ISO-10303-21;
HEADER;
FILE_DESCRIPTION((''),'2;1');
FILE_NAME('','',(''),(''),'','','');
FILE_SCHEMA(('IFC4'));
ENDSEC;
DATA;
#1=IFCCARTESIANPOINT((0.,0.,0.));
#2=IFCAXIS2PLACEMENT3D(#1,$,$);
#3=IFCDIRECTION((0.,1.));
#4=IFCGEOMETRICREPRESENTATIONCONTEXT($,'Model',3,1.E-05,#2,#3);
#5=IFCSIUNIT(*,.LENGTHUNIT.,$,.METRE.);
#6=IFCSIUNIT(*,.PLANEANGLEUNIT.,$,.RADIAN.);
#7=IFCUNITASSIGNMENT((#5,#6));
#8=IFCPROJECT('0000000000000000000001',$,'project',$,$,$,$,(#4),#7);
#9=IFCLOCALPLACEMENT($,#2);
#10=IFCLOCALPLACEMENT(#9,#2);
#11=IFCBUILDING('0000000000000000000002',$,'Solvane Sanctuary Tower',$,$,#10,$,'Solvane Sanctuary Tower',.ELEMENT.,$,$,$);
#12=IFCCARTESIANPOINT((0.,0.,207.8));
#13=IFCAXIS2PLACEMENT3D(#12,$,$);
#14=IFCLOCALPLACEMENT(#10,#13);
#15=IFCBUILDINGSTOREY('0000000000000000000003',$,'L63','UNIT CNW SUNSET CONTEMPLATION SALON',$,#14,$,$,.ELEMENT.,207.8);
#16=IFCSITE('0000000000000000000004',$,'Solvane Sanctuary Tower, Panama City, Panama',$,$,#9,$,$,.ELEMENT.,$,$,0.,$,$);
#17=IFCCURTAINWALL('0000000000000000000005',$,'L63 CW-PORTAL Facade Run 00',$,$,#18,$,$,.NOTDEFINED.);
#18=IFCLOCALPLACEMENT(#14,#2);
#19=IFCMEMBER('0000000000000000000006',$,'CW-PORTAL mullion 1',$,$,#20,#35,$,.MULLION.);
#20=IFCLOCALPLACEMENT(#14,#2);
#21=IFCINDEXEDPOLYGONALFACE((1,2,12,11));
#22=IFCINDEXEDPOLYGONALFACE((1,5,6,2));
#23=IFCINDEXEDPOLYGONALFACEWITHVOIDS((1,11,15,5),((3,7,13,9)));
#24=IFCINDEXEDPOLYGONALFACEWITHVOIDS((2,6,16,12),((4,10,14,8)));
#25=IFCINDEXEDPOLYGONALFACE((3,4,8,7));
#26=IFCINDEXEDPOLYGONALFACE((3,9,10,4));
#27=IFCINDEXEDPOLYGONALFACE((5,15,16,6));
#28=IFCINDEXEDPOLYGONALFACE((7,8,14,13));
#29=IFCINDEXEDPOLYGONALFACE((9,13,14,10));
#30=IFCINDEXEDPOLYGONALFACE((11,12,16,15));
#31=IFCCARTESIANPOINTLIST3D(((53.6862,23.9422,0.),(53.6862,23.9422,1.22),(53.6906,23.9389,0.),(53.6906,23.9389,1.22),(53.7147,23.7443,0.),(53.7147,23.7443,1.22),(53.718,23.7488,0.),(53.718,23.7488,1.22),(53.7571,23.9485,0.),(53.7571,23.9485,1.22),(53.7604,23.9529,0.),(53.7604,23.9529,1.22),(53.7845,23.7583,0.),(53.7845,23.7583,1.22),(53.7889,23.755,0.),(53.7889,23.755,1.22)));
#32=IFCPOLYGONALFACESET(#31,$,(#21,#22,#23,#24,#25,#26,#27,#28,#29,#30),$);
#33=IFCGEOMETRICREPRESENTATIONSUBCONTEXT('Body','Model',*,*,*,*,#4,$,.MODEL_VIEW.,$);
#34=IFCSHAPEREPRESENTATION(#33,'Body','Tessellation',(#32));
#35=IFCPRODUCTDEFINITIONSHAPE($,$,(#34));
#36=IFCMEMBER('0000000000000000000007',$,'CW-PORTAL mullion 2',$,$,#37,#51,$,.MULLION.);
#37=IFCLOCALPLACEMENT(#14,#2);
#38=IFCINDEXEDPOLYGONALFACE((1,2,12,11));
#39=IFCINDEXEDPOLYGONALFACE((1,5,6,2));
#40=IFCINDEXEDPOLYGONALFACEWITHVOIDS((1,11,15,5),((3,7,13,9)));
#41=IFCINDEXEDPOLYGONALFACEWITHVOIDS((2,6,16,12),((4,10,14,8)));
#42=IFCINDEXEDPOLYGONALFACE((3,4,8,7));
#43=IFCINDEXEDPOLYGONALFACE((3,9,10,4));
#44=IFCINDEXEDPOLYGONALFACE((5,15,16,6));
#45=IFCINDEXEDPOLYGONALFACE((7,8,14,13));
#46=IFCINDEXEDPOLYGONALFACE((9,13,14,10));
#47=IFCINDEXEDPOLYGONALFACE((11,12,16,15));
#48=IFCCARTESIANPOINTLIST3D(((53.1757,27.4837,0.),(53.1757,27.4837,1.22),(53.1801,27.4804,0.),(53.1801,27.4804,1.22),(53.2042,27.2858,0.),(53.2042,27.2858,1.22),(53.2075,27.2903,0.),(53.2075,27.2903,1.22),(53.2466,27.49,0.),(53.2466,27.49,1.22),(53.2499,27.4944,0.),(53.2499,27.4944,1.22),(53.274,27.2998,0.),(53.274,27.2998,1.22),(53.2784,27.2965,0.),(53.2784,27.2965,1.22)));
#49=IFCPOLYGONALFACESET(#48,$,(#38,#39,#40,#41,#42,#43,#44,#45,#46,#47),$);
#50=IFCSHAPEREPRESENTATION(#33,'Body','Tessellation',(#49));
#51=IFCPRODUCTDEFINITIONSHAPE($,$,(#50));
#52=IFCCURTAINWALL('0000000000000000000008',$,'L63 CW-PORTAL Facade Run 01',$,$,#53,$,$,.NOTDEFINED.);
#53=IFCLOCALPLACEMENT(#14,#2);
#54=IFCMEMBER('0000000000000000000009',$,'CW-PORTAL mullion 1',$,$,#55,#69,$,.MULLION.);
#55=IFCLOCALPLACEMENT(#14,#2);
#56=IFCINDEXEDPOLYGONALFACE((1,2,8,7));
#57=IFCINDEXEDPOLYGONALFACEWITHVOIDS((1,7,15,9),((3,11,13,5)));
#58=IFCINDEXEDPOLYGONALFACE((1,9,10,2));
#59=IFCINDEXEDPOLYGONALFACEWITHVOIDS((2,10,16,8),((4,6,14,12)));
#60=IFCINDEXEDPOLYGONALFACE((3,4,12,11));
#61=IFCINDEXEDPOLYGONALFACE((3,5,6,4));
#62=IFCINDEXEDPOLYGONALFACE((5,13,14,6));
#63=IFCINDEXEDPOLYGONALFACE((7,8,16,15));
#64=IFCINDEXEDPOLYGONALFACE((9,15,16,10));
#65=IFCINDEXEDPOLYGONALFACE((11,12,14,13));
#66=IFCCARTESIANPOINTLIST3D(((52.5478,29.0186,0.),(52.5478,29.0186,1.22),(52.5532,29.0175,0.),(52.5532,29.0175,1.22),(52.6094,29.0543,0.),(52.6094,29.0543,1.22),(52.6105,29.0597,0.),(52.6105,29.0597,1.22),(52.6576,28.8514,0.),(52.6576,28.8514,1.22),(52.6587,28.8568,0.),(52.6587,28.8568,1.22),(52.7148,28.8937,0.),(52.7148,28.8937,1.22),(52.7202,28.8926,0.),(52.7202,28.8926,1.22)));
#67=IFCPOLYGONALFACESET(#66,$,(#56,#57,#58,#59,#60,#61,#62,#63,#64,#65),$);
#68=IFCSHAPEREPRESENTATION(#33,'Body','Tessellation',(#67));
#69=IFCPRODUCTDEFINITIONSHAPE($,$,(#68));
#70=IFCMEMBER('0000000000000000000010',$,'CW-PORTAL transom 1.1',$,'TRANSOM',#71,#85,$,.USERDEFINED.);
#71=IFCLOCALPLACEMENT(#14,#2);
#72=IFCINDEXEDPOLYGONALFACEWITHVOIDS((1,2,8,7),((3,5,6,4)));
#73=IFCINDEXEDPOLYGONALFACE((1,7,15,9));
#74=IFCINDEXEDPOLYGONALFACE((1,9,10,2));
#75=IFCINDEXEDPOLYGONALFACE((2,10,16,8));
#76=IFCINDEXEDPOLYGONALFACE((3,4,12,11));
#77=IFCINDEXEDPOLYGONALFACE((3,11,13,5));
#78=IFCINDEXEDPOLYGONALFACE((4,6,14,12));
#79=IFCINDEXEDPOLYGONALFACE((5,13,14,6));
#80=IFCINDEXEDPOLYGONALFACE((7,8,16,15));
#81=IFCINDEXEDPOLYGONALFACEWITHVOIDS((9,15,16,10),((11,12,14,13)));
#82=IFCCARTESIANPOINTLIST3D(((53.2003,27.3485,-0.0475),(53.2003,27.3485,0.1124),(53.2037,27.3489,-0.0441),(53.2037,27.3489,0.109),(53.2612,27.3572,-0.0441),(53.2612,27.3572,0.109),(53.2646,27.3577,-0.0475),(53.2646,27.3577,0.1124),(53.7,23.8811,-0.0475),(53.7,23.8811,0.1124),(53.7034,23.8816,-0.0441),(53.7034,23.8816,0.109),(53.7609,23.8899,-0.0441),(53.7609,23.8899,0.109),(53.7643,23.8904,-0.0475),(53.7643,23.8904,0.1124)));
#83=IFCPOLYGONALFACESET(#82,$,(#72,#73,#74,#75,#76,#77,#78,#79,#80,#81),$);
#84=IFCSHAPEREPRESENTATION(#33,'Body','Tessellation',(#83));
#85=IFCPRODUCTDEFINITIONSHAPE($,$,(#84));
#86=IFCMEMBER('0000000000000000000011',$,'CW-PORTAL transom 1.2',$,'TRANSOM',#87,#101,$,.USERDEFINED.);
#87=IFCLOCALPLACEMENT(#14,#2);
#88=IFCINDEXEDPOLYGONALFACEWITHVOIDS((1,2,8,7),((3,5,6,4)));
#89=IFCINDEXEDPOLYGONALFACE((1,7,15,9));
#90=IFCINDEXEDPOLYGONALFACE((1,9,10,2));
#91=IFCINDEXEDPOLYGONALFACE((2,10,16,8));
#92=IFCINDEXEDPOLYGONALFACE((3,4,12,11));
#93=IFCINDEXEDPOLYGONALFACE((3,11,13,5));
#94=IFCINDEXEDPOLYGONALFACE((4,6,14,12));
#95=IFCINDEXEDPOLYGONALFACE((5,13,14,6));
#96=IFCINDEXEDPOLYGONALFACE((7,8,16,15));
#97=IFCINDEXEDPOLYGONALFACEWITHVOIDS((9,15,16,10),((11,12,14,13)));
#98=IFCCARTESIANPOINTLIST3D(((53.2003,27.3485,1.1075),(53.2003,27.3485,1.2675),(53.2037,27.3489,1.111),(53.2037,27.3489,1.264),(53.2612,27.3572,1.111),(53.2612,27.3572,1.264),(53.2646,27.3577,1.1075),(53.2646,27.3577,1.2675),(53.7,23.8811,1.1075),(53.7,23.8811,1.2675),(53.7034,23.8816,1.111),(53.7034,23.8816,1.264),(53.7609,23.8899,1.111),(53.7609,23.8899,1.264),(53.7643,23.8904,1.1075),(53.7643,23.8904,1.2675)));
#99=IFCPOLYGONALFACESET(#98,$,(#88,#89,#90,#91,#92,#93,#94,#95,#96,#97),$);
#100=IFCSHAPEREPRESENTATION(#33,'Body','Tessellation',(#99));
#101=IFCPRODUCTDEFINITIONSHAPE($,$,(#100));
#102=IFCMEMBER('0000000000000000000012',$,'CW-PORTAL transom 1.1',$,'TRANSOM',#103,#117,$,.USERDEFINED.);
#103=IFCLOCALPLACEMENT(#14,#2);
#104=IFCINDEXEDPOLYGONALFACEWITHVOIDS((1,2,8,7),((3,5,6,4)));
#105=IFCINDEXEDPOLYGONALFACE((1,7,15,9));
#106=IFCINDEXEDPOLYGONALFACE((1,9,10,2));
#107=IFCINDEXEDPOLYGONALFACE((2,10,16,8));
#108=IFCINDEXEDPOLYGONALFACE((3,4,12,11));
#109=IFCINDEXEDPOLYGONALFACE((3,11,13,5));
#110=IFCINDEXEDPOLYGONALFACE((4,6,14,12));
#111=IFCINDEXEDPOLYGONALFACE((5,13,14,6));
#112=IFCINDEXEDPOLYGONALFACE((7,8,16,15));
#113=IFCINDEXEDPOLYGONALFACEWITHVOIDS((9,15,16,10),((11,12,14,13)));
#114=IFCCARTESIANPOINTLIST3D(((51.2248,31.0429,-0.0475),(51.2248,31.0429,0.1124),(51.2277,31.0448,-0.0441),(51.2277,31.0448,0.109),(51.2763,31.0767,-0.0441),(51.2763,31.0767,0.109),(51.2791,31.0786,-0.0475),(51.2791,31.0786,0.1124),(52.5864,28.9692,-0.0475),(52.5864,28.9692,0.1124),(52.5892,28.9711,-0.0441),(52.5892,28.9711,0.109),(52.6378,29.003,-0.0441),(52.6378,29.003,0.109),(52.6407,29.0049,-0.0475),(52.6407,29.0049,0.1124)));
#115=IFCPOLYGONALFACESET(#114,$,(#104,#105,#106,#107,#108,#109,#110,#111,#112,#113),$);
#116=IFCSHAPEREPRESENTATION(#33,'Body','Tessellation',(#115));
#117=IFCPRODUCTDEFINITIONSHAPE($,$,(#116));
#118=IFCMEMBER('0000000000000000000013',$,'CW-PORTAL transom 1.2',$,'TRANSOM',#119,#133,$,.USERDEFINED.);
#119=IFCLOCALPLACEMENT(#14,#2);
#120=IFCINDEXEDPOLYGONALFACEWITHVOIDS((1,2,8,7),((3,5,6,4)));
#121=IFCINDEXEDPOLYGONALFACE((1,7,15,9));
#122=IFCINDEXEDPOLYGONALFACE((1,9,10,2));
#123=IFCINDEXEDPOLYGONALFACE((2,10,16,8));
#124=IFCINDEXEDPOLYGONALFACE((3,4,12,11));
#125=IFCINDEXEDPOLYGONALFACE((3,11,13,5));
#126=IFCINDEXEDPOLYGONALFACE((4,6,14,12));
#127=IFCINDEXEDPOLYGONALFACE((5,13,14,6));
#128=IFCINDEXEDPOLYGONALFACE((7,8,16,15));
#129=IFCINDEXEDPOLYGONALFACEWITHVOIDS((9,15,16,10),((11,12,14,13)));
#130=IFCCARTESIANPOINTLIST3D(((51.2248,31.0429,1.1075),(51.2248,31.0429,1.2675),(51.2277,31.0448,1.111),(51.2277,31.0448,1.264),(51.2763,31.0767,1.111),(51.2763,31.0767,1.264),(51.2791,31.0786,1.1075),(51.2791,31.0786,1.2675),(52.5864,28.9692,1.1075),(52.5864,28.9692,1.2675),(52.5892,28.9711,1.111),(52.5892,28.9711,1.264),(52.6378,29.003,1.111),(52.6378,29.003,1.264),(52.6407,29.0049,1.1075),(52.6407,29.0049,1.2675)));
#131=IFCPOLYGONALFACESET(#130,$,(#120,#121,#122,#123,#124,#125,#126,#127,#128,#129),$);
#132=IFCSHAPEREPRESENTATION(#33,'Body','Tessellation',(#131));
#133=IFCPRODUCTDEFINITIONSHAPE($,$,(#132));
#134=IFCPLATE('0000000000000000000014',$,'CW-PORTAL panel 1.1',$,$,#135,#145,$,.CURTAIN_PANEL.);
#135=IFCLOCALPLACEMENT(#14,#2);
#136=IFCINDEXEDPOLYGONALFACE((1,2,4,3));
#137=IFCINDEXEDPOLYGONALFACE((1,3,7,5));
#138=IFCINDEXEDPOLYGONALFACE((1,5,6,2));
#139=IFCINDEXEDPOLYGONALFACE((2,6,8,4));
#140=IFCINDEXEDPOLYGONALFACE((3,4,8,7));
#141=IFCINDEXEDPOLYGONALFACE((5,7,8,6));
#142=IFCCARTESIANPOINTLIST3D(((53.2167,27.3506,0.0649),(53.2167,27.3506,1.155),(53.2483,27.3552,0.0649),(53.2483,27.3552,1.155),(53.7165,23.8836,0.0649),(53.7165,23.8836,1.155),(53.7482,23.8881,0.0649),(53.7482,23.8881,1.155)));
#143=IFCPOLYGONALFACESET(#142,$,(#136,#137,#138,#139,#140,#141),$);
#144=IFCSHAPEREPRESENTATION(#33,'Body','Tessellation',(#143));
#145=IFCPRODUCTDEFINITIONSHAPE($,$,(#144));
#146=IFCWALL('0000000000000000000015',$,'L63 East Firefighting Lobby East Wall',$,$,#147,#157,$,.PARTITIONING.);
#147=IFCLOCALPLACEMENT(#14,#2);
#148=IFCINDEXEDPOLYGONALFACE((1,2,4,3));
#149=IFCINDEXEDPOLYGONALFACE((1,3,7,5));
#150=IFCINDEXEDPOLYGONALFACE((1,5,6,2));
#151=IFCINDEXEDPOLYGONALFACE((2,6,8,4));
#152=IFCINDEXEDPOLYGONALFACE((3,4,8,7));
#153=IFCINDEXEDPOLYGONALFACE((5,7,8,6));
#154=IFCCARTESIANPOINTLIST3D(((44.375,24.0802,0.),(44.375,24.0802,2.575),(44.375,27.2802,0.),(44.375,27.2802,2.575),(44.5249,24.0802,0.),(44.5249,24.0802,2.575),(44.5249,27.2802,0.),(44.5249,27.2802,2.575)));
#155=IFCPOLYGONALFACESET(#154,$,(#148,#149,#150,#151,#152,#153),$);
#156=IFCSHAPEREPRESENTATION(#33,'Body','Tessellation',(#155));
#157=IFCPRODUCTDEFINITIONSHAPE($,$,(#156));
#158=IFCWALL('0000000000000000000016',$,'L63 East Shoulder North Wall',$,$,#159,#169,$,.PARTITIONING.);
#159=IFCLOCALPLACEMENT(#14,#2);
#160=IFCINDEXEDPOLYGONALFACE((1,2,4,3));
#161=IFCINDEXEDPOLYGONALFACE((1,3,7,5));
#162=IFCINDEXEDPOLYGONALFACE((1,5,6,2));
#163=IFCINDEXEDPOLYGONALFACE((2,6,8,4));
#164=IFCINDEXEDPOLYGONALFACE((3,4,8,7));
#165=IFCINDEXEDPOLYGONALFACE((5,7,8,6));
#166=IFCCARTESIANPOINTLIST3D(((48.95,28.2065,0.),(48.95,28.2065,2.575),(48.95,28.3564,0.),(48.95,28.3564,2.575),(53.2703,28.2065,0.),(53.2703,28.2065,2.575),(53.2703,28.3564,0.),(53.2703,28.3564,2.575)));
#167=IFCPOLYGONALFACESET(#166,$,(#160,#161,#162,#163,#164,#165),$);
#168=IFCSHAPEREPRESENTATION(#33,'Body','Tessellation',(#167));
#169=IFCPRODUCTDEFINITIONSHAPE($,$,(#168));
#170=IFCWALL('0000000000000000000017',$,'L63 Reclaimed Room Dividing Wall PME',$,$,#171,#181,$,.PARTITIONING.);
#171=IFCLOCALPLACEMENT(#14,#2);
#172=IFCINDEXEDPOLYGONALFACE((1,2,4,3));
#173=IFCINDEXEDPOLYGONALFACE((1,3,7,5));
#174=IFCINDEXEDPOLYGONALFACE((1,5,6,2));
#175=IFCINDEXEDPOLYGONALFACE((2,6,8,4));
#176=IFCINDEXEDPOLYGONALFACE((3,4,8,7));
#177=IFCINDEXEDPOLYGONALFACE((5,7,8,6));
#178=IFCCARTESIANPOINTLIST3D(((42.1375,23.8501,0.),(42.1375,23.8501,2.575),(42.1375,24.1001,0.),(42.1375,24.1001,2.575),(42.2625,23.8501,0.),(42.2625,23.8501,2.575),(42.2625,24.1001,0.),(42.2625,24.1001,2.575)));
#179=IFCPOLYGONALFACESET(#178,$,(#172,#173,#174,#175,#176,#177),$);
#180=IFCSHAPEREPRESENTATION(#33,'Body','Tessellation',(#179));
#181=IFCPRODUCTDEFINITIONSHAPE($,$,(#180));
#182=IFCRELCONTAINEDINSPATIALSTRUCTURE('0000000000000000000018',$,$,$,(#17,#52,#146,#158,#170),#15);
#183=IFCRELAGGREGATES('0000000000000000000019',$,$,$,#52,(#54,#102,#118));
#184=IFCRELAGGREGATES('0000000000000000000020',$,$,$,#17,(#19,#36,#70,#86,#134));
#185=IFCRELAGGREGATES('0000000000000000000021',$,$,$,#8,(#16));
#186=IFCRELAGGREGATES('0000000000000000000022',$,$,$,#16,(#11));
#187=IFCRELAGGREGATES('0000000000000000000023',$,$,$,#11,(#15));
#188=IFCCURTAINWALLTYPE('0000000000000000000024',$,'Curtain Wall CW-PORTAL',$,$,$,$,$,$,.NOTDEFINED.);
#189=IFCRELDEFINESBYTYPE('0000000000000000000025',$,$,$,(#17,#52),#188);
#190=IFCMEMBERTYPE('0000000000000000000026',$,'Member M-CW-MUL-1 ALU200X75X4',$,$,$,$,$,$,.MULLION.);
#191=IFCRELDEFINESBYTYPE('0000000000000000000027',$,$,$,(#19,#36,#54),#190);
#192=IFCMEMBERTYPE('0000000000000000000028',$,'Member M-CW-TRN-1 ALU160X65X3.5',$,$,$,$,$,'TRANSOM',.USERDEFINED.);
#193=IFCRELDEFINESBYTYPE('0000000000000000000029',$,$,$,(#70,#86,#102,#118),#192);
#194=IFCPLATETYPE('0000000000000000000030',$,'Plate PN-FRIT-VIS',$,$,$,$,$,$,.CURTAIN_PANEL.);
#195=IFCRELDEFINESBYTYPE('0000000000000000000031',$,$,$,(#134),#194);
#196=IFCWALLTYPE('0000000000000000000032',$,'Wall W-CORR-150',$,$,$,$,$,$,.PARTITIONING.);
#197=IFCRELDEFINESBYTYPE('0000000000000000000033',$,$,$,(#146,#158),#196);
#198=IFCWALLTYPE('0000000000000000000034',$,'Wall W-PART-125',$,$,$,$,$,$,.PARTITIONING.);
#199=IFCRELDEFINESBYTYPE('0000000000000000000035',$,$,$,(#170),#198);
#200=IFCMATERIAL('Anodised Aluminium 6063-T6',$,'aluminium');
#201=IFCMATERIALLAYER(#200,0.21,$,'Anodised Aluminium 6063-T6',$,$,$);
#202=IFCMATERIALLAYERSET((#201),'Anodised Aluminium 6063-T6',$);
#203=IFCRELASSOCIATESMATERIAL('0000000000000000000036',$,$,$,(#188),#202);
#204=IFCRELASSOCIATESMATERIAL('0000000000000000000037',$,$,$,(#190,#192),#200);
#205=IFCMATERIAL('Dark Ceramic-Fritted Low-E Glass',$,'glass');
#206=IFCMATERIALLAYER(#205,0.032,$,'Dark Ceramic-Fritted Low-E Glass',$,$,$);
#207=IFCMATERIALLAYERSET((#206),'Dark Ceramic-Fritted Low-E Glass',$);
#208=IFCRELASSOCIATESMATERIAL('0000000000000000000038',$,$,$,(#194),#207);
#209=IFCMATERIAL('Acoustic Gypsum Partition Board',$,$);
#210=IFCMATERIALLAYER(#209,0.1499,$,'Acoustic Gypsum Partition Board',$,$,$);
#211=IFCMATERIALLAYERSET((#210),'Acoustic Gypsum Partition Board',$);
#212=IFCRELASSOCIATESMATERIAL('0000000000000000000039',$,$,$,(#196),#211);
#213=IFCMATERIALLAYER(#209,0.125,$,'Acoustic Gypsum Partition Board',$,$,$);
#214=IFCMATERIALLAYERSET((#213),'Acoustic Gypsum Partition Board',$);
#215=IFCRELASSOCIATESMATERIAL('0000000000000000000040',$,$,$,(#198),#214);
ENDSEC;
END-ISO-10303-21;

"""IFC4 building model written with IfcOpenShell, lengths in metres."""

from ifc_helpers import new_model, si_unit, direction, frame, frame_2d, origin, origin_2d, place, context, subcontext, project, spatial, rectangle, hollow_rectangle, extrude, material, layer, layer_set, material_profile, profile_set, type_object, element, aggregate, save


model = new_model("IFC4")

# Units and contexts
model_context = context("Model", 3, precision=1e-05, world=origin(), true_north=direction((0.0, 1.0)))
body_context = subcontext(model_context, "Body", "Model", "MODEL_VIEW")
ifc_project = project(units=[si_unit("LENGTHUNIT", "METRE"), si_unit("PLANEANGLEUNIT", "RADIAN")], contexts=[model_context])

# Site, building, storey
site_placement = place(None, origin())
site = spatial("IfcSite", under=ifc_project, at=site_placement, Name="Solvane Sanctuary Tower, Panama City, Panama", CompositionType="ELEMENT", RefElevation=0.0)
building_placement = place(site_placement, origin())
building = spatial("IfcBuilding", under=site, at=building_placement, Name="Solvane Sanctuary Tower", LongName="Solvane Sanctuary Tower", CompositionType="ELEMENT")
storey_placement = place(building_placement, frame((0.0, 0.0, 207.8)))
storey = spatial("IfcBuildingStorey", under=building, at=storey_placement, Name="L63", Description="UNIT CNW SUNSET CONTEMPLATION SALON", CompositionType="ELEMENT", Elevation=207.8)

# Curtain wall, members
ifc_material_1 = material(Name="Anodised Aluminium 6063-T6", Category="aluminium")
ifc_layer_1 = layer(ifc_material_1, 0.21, Name="Anodised Aluminium 6063-T6")
ifc_layer_set_1 = layer_set([ifc_layer_1], Name="Anodised Aluminium 6063-T6")
curtain_wall_type = type_object("IfcCurtainWallType", Name="Curtain Wall CW-PORTAL", PredefinedType="NOTDEFINED", material=ifc_layer_set_1)
curtain_wall_1_placement = place(storey_placement, origin())
curtain_wall_1 = element("IfcCurtainWall", 1, at=curtain_wall_1_placement, inside=storey, type_object=curtain_wall_type, Name="L63 CW-PORTAL Facade Run 00", PredefinedType="NOTDEFINED")
ifc_material_profile_1 = material_profile(ifc_material_1, hollow_rectangle(XDim=0.075, YDim=0.2, WallThickness=0.0039, at=origin_2d()), Name="ALU200X75X4")
ifc_profile_set_1 = profile_set([ifc_material_profile_1], Name="Anodised Aluminium 6063-T6")
member_type_1 = type_object("IfcMemberType", Name="Member M-CW-MUL-1 ALU200X75X4", PredefinedType="MULLION", material=ifc_profile_set_1)
member_1_placement = place(storey_placement, frame((53.7375, 23.8486, 0.0), z_axis=(0.0, 0.0, 1.0), x_axis=(-0.989765, -0.142705, 0.0)))
member_1 = element("IfcMember", 2, at=member_1_placement, type_object=member_type_1, Name="CW-PORTAL mullion 1", PredefinedType="MULLION", context=body_context, shape_type="SweptSolid", body=[
    extrude(hollow_rectangle(XDim=0.075, YDim=0.2, WallThickness=0.0039, at=origin_2d()), origin(), (0.0, 0.0, 1.0), 1.22),
])
member_2_placement = place(storey_placement, frame((53.2271, 27.3901, 0.0), z_axis=(0.0, 0.0, 1.0), x_axis=(-0.989765, -0.142705, 0.0)))
member_2 = element("IfcMember", 3, at=member_2_placement, type_object=member_type_1, Name="CW-PORTAL mullion 2", PredefinedType="MULLION", context=body_context, shape_type="SweptSolid", body=[
    extrude(hollow_rectangle(XDim=0.075, YDim=0.2, WallThickness=0.0039, at=origin_2d()), origin(), (0.0, 0.0, 1.0), 1.22),
])

# Curtain wall, member
curtain_wall_2_placement = place(storey_placement, origin())
curtain_wall_2 = element("IfcCurtainWall", 4, at=curtain_wall_2_placement, inside=storey, type_object=curtain_wall_type, Name="L63 CW-PORTAL Facade Run 01", PredefinedType="NOTDEFINED")
member_3_placement = place(storey_placement, frame((52.634, 28.9556, 0.0), z_axis=(0.0, 0.0, 1.0), x_axis=(-0.835959, -0.548792, 0.0)))
member_3 = element("IfcMember", 5, at=member_3_placement, type_object=member_type_1, Name="CW-PORTAL mullion 1", PredefinedType="MULLION", context=body_context, shape_type="SweptSolid", body=[
    extrude(hollow_rectangle(XDim=0.075, YDim=0.2, WallThickness=0.0039, at=origin_2d()), origin(), (0.0, 0.0, 1.0), 1.22),
])

# Members
ifc_material_profile_2 = material_profile(ifc_material_1, hollow_rectangle(XDim=0.0649, YDim=0.1599, WallThickness=0.0034, at=origin_2d()), Name="ALU160X65X3.5")
ifc_profile_set_2 = profile_set([ifc_material_profile_2], Name="Anodised Aluminium 6063-T6")
member_type_2 = type_object("IfcMemberType", Name="Member M-CW-TRN-1 ALU160X65X3.5", ElementType="TRANSOM", PredefinedType="USERDEFINED", material=ifc_profile_set_2)
member_4_placement = place(storey_placement, frame((53.7322, 23.8857, 0.0325), z_axis=(-0.14266, 0.989772, 0.0), x_axis=(-0.989772, -0.14266, 0.0)))
member_4 = element("IfcMember", 6, at=member_4_placement, type_object=member_type_2, Name="CW-PORTAL transom 1.1", ObjectType="TRANSOM", PredefinedType="USERDEFINED", context=body_context, shape_type="SweptSolid", body=[
    extrude(hollow_rectangle(XDim=0.0649, YDim=0.1599, WallThickness=0.0034, at=origin_2d()), origin(), (0.0, 0.0, 1.0), 3.5032),
])
member_5_placement = place(storey_placement, frame((53.7322, 23.8857, 1.1875), z_axis=(-0.14266, 0.989772, 0.0), x_axis=(-0.989772, -0.14266, 0.0)))
member_5 = element("IfcMember", 7, at=member_5_placement, type_object=member_type_2, Name="CW-PORTAL transom 1.2", ObjectType="TRANSOM", PredefinedType="USERDEFINED", context=body_context, shape_type="SweptSolid", body=[
    extrude(hollow_rectangle(XDim=0.0649, YDim=0.1599, WallThickness=0.0034, at=origin_2d()), origin(), (0.0, 0.0, 1.0), 3.5032),
])
member_6_placement = place(storey_placement, frame((52.6135, 28.9871, 0.0325), z_axis=(-0.54885, 0.835921, 0.0), x_axis=(-0.835921, -0.54885, 0.0)))
member_6 = element("IfcMember", 8, at=member_6_placement, type_object=member_type_2, Name="CW-PORTAL transom 1.1", ObjectType="TRANSOM", PredefinedType="USERDEFINED", context=body_context, shape_type="SweptSolid", body=[
    extrude(hollow_rectangle(XDim=0.0649, YDim=0.1599, WallThickness=0.0034, at=origin_2d()), origin(), (0.0, 0.0, 1.0), 2.4807),
])
member_7_placement = place(storey_placement, frame((52.6135, 28.9871, 1.1875), z_axis=(-0.54885, 0.835921, 0.0), x_axis=(-0.835921, -0.54885, 0.0)))
member_7 = element("IfcMember", 9, at=member_7_placement, type_object=member_type_2, Name="CW-PORTAL transom 1.2", ObjectType="TRANSOM", PredefinedType="USERDEFINED", context=body_context, shape_type="SweptSolid", body=[
    extrude(hollow_rectangle(XDim=0.0649, YDim=0.1599, WallThickness=0.0034, at=origin_2d()), origin(), (0.0, 0.0, 1.0), 2.4807),
])
aggregate(curtain_wall_2, [member_3, member_6, member_7])

# Plate
ifc_material_2 = material(Name="Dark Ceramic-Fritted Low-E Glass", Category="glass")
ifc_layer_2 = layer(ifc_material_2, 0.032, Name="Dark Ceramic-Fritted Low-E Glass")
ifc_layer_set_2 = layer_set([ifc_layer_2], Name="Dark Ceramic-Fritted Low-E Glass")
plate_type = type_object("IfcPlateType", Name="Plate PN-FRIT-VIS", PredefinedType="CURTAIN_PANEL", material=ifc_layer_set_2)
plate_placement = place(storey_placement, frame((53.4824, 25.6194, 0.0649), z_axis=(0.0, 0.0, 1.0), x_axis=(-0.142705, 0.989765, 0.0)))
plate = element("IfcPlate", 10, at=plate_placement, type_object=plate_type, Name="CW-PORTAL panel 1.1", PredefinedType="CURTAIN_PANEL", context=body_context, shape_type="SweptSolid", body=[
    extrude(rectangle(XDim=3.5029, YDim=0.032, at=origin_2d()), origin(), (0.0, 0.0, 1.0), 1.0901),
])
aggregate(curtain_wall_1, [member_1, member_2, member_4, member_5, plate])

# Walls
ifc_material_3 = material(Name="Acoustic Gypsum Partition Board")
ifc_layer_3 = layer(ifc_material_3, 0.1499, Name="Acoustic Gypsum Partition Board")
ifc_layer_set_3 = layer_set([ifc_layer_3], Name="Acoustic Gypsum Partition Board")
wall_type_1 = type_object("IfcWallType", Name="Wall W-CORR-150", PredefinedType="PARTITIONING", material=ifc_layer_set_3)
wall_1_placement = place(storey_placement, frame((44.45, 24.0801, 0.0), z_axis=(0.0, 0.0, 1.0), x_axis=(0.0, 1.0, 0.0)))
element("IfcWall", 11, at=wall_1_placement, inside=storey, type_object=wall_type_1, Name="L63 East Firefighting Lobby East Wall", PredefinedType="PARTITIONING", context=body_context, shape_type="SweptSolid", body=[
    extrude(rectangle(XDim=3.2, YDim=0.1499, at=frame_2d((1.6001, 0.0))), origin(), (0.0, 0.0, 1.0), 2.575),
])
wall_2_placement = place(storey_placement, frame((48.95, 28.2815, 0.0), z_axis=(0.0, 0.0, 1.0), x_axis=(1.0, 0.0, 0.0)))
element("IfcWall", 12, at=wall_2_placement, inside=storey, type_object=wall_type_1, Name="L63 East Shoulder North Wall", PredefinedType="PARTITIONING", context=body_context, shape_type="SweptSolid", body=[
    extrude(rectangle(XDim=4.3203, YDim=0.1499, at=frame_2d((2.1602, 0.0))), origin(), (0.0, 0.0, 1.0), 2.575),
])
ifc_layer_4 = layer(ifc_material_3, 0.125, Name="Acoustic Gypsum Partition Board")
ifc_layer_set_4 = layer_set([ifc_layer_4], Name="Acoustic Gypsum Partition Board")
wall_type_2 = type_object("IfcWallType", Name="Wall W-PART-125", PredefinedType="PARTITIONING", material=ifc_layer_set_4)
wall_3_placement = place(storey_placement, frame((42.2, 23.8501, 0.0), z_axis=(0.0, 0.0, 1.0), x_axis=(0.0, 1.0, 0.0)))
element("IfcWall", 13, at=wall_3_placement, inside=storey, type_object=wall_type_2, Name="L63 Reclaimed Room Dividing Wall PME", PredefinedType="PARTITIONING", context=body_context, shape_type="SweptSolid", body=[
    extrude(rectangle(XDim=0.25, YDim=0.125, at=frame_2d((0.125, 0.0))), origin(), (0.0, 0.0, 1.0), 2.575),
])

save(model, "model.ifc")
